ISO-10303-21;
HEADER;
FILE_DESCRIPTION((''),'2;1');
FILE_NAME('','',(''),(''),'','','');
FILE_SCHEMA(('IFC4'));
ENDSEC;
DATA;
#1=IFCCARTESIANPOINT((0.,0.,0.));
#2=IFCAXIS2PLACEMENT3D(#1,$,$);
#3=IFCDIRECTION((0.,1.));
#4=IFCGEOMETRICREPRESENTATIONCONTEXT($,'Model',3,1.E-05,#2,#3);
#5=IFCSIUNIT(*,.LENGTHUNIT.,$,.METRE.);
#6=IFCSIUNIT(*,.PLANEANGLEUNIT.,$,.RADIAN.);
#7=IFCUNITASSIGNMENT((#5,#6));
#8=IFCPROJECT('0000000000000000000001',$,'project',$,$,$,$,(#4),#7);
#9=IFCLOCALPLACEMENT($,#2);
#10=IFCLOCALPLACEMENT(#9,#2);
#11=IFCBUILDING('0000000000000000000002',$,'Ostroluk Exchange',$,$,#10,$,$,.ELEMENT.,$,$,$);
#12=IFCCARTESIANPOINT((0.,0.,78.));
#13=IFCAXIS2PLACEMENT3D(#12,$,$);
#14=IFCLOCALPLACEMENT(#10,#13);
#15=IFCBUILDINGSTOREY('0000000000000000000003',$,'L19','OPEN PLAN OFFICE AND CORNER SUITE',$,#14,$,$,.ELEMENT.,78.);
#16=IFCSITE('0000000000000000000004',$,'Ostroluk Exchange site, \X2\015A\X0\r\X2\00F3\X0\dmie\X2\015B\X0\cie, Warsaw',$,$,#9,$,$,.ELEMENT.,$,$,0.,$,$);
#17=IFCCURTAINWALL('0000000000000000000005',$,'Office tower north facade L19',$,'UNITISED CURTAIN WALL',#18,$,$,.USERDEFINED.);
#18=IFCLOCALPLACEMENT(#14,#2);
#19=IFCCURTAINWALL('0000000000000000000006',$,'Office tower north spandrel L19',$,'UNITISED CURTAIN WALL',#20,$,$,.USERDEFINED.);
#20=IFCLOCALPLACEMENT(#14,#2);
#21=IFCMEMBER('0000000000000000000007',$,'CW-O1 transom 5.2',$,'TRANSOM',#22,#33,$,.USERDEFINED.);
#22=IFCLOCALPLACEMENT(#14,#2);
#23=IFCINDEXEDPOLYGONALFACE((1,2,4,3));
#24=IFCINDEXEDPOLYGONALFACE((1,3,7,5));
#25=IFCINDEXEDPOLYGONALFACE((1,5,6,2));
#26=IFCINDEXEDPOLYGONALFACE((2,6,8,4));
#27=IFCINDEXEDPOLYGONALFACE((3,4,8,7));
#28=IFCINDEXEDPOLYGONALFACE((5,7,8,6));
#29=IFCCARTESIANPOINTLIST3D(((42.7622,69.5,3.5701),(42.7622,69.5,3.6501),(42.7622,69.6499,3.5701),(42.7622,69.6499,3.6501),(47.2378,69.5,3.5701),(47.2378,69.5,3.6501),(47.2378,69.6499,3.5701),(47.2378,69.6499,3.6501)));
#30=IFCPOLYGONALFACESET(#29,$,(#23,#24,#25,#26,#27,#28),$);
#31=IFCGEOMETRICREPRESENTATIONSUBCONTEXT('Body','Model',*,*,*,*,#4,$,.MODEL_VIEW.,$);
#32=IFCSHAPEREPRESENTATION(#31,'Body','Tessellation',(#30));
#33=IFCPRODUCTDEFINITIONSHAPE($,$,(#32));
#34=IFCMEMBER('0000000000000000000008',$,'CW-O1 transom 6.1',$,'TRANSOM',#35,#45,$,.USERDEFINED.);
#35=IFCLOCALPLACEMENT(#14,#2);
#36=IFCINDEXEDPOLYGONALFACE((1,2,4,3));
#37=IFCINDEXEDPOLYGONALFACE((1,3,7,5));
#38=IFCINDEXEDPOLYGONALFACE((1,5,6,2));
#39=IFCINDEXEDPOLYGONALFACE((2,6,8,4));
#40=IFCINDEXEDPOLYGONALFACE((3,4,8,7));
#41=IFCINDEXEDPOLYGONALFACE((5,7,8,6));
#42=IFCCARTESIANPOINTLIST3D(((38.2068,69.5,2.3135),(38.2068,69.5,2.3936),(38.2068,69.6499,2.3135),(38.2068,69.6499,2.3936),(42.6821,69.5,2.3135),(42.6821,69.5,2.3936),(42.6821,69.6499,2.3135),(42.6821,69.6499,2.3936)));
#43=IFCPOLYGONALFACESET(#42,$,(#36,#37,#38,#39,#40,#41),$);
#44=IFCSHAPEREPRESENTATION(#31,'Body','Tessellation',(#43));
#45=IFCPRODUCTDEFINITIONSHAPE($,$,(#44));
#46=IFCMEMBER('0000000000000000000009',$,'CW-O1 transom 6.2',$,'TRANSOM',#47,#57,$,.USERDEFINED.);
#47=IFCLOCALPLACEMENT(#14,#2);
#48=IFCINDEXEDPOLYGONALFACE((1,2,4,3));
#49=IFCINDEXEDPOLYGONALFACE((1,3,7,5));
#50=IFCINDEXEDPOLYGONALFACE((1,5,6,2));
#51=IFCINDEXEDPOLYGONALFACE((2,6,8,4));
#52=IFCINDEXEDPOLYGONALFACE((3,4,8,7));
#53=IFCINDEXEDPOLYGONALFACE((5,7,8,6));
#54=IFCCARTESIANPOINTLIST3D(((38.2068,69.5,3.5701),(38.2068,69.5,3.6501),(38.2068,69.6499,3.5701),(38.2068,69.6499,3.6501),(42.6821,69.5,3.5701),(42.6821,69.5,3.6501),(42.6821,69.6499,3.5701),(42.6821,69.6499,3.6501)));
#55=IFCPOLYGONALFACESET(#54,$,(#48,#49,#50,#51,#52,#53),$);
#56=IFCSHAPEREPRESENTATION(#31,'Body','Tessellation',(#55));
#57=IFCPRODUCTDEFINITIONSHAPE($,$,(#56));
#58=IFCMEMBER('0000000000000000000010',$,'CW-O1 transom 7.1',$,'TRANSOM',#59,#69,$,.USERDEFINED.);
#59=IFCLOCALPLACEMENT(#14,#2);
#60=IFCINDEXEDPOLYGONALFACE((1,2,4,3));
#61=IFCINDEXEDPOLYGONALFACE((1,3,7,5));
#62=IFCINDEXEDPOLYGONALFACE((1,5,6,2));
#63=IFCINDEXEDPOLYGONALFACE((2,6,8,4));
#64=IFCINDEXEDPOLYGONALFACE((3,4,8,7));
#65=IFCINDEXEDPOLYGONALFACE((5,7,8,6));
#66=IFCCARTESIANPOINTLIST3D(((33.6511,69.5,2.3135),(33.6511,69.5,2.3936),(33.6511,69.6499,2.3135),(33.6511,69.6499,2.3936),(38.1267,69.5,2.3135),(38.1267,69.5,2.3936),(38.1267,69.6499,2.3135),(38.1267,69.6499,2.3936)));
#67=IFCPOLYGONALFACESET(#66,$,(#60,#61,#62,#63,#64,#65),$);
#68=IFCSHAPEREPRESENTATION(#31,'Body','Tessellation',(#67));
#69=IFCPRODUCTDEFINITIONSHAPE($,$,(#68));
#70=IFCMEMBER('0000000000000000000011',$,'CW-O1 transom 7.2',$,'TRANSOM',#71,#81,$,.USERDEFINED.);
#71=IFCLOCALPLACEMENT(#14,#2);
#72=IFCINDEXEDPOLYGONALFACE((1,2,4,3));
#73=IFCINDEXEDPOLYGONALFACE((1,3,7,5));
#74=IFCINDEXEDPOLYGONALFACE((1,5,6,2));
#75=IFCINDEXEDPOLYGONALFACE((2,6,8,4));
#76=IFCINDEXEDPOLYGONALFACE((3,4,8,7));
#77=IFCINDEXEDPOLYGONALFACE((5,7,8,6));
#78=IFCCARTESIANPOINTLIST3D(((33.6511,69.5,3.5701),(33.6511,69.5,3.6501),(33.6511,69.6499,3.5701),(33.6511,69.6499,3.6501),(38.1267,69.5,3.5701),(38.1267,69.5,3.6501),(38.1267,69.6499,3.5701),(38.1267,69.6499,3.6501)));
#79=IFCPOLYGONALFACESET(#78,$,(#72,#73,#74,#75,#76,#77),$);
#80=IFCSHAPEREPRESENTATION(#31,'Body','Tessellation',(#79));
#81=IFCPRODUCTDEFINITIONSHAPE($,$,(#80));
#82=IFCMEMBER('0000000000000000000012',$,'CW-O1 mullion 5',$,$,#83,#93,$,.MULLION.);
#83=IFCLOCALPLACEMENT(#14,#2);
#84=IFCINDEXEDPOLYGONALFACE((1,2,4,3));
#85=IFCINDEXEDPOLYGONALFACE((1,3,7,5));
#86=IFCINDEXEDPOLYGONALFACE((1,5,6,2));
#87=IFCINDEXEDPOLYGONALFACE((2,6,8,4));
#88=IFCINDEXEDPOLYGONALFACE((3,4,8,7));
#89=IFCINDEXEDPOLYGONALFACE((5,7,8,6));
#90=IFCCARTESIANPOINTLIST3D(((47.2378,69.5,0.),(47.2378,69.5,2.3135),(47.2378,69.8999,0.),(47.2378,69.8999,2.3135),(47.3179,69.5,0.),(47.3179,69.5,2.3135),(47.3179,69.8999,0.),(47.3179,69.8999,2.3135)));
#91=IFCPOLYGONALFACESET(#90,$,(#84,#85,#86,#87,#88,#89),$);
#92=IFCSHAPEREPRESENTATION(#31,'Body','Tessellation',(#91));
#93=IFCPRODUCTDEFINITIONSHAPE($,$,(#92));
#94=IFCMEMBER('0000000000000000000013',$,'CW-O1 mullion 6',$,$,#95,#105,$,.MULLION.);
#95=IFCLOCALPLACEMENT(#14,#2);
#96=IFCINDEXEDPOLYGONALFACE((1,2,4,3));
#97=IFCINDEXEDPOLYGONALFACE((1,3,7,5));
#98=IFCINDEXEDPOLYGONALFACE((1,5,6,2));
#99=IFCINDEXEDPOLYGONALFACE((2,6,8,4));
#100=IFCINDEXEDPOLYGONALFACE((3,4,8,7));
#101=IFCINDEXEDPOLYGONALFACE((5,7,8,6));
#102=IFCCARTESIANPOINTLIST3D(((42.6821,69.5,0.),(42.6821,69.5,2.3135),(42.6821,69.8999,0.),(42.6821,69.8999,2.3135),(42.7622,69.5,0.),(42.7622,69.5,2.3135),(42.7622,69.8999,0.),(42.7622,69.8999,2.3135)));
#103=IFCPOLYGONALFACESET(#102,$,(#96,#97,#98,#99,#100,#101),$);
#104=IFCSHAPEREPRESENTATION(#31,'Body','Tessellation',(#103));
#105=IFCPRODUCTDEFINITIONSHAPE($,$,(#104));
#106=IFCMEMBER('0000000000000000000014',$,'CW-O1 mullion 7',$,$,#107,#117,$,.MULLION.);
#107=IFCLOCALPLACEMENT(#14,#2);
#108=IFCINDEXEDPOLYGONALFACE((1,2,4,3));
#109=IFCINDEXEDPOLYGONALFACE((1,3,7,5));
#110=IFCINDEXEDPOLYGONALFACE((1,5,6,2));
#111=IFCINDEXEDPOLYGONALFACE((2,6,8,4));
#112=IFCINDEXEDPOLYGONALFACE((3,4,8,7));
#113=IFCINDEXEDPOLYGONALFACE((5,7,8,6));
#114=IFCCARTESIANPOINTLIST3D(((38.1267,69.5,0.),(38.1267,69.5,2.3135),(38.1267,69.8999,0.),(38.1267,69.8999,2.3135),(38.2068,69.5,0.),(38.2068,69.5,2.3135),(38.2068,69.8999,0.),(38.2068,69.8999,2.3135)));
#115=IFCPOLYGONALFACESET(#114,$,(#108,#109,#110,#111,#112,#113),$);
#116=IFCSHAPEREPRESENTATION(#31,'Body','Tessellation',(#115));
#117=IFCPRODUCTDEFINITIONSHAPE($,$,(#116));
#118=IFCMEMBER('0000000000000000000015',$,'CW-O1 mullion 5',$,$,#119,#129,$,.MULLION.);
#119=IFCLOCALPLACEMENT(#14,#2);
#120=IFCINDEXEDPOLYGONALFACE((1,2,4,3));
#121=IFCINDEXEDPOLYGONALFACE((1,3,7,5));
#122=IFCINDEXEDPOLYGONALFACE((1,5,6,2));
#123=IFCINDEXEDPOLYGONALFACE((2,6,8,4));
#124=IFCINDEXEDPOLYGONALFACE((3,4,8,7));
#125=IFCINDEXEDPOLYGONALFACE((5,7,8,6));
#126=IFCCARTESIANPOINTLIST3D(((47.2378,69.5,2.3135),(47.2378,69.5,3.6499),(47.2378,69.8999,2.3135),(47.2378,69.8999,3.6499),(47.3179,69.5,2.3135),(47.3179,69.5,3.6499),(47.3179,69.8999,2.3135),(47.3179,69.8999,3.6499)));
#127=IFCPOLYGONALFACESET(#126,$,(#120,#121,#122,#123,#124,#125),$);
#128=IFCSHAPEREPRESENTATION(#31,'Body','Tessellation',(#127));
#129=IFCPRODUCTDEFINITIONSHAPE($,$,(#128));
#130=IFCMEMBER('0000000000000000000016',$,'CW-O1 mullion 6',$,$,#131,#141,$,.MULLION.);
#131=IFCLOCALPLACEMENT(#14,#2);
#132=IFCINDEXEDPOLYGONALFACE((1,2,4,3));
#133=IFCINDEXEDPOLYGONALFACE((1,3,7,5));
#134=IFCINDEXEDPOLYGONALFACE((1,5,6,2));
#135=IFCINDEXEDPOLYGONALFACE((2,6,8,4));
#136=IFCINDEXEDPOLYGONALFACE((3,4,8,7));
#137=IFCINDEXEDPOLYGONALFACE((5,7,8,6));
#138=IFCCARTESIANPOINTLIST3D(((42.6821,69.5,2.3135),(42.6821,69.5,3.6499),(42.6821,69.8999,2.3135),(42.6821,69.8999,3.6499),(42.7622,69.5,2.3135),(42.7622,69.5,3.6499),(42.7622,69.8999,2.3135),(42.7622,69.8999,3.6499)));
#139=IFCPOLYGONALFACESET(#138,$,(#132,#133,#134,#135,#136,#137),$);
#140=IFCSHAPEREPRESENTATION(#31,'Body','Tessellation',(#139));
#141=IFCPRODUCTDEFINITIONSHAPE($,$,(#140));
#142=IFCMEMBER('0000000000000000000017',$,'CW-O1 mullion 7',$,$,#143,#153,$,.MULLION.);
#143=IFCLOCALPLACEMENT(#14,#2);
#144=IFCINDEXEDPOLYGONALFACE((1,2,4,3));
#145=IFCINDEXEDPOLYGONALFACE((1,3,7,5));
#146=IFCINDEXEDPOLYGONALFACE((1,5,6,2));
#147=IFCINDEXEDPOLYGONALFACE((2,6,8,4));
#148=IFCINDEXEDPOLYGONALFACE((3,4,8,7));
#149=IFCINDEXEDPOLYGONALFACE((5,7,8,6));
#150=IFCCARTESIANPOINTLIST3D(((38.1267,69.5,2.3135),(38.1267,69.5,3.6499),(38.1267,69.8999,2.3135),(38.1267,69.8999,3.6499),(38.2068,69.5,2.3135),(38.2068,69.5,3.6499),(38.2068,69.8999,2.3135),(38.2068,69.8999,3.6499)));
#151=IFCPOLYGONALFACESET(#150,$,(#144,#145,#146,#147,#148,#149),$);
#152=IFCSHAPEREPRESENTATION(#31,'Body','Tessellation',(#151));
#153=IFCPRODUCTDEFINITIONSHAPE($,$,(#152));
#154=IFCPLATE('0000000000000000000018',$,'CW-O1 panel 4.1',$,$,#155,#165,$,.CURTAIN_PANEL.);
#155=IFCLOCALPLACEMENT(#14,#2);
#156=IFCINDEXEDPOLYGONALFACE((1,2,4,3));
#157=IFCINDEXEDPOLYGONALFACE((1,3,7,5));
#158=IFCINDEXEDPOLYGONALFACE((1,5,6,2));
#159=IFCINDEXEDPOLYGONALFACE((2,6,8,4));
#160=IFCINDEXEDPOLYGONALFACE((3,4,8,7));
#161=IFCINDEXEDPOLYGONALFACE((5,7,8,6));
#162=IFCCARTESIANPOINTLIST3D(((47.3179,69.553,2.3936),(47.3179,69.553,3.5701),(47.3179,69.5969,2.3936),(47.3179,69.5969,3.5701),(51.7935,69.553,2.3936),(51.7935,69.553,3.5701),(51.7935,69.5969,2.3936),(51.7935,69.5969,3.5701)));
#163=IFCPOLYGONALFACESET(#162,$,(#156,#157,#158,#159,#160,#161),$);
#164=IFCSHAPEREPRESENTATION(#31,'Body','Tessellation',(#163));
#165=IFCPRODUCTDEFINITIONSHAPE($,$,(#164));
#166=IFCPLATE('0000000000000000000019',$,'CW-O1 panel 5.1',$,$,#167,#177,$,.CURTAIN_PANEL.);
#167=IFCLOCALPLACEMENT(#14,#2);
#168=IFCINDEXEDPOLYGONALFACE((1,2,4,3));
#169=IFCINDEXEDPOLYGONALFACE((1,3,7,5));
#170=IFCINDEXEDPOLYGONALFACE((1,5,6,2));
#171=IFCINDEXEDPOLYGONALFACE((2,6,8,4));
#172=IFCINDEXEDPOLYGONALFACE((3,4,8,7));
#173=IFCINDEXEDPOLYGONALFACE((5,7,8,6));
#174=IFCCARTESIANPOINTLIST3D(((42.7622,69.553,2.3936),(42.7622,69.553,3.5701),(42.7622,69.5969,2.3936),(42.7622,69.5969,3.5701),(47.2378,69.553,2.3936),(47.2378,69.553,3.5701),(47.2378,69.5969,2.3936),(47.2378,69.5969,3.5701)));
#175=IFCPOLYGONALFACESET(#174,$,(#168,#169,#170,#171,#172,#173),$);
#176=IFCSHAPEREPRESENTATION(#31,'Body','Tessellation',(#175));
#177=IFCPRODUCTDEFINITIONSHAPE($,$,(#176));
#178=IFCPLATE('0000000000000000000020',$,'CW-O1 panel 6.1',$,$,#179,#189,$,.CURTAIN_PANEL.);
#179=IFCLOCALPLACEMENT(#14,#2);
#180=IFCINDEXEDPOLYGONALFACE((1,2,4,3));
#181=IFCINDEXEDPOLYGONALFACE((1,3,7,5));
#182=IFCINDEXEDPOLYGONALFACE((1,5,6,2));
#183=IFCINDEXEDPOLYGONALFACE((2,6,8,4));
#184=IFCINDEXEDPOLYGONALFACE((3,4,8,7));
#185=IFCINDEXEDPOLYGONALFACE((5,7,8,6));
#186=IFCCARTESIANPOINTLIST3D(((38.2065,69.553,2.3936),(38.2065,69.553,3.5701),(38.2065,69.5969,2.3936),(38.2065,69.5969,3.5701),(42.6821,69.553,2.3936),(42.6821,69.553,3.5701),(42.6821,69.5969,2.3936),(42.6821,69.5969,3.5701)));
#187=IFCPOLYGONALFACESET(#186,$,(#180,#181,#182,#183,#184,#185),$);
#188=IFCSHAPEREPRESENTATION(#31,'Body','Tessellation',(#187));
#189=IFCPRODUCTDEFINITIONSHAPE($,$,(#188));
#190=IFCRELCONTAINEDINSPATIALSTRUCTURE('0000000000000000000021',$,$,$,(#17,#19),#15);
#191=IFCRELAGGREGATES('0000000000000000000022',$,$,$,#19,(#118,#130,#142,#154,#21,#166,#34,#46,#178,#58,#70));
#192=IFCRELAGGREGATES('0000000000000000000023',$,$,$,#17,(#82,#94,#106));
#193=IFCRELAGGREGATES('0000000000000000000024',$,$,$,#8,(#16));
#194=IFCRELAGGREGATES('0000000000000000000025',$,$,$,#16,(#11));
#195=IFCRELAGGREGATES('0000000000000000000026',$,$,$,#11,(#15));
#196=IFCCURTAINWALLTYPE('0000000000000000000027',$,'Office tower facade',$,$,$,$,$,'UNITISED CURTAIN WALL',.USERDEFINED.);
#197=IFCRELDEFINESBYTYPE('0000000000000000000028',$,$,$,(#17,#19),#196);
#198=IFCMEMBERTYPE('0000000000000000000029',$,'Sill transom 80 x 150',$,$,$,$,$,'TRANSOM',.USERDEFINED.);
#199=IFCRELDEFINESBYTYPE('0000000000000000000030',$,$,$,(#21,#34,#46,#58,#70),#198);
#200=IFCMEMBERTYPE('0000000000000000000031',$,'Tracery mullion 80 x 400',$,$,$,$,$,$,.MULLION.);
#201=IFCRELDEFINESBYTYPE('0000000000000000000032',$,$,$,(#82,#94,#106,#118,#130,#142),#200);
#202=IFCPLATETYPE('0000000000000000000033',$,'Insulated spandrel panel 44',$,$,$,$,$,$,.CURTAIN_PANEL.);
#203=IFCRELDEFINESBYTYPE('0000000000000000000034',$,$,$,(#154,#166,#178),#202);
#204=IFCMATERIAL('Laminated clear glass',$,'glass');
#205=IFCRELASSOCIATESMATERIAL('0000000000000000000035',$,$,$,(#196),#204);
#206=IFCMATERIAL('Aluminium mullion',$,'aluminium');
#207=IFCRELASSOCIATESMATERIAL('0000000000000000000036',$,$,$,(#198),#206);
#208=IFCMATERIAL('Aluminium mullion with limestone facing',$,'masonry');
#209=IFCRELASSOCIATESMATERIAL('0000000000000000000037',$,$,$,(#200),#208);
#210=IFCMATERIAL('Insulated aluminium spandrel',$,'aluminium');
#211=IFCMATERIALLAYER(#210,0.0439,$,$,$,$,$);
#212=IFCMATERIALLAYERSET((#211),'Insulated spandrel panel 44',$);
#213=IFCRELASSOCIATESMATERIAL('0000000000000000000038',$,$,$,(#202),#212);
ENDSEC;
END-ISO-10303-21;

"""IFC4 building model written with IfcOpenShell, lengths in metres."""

from ifc_helpers import new_model, si_unit, direction, frame, origin, origin_2d, place, context, subcontext, project, spatial, rectangle, extrude, material, layer, layer_set, material_profile, profile_set, type_object, element, aggregate, save


model = new_model("IFC4")

# Units and contexts
model_context = context("Model", 3, precision=1e-05, world=origin(), true_north=direction((0.0, 1.0)))
body_context = subcontext(model_context, "Body", "Model", "MODEL_VIEW")
ifc_project = project(units=[si_unit("LENGTHUNIT", "METRE"), si_unit("PLANEANGLEUNIT", "RADIAN")], contexts=[model_context])

# Site, building, storey
site_placement = place(None, origin())
site = spatial("IfcSite", under=ifc_project, at=site_placement, Name="Ostroluk Exchange site, Śródmieście, Warsaw", CompositionType="ELEMENT", RefElevation=0.0)
building_placement = place(site_placement, origin())
building = spatial("IfcBuilding", under=site, at=building_placement, Name="Ostroluk Exchange", CompositionType="ELEMENT")
storey_placement = place(building_placement, frame((0.0, 0.0, 78.0)))
storey = spatial("IfcBuildingStorey", under=building, at=storey_placement, Name="L19", Description="OPEN PLAN OFFICE AND CORNER SUITE", CompositionType="ELEMENT", Elevation=78.0)

# Curtain walls, members
ifc_material_1 = material(Name="Laminated clear glass", Category="glass")
curtain_wall_type = type_object("IfcCurtainWallType", Name="Office tower facade", ElementType="UNITISED CURTAIN WALL", PredefinedType="USERDEFINED", material=ifc_material_1)
curtain_wall_1_placement = place(storey_placement, origin())
curtain_wall_1 = element("IfcCurtainWall", 1, at=curtain_wall_1_placement, inside=storey, type_object=curtain_wall_type, Name="Office tower north facade L19", ObjectType="UNITISED CURTAIN WALL", PredefinedType="USERDEFINED")
ifc_material_2 = material(Name="Aluminium mullion", Category="aluminium")
ifc_material_profile_1 = material_profile(ifc_material_2, rectangle(XDim=0.1499, YDim=0.0801, at=origin_2d()), Name="Sill transom 80 x 150")
ifc_profile_set_1 = profile_set([ifc_material_profile_1], Name="Aluminium mullion")
member_type_1 = type_object("IfcMemberType", Name="Sill transom 80 x 150", ElementType="TRANSOM", PredefinedType="USERDEFINED", material=ifc_profile_set_1)
curtain_wall_2_placement = place(storey_placement, origin())
curtain_wall_2 = element("IfcCurtainWall", 2, at=curtain_wall_2_placement, inside=storey, type_object=curtain_wall_type, Name="Office tower north spandrel L19", ObjectType="UNITISED CURTAIN WALL", PredefinedType="USERDEFINED")
member_1_placement = place(storey_placement, frame((47.2378, 69.575, 3.6101), z_axis=(-1.0, 0.0, 0.0), x_axis=(0.0, -1.0, 0.0)))
member_1 = element("IfcMember", 3, at=member_1_placement, type_object=member_type_1, Name="CW-O1 transom 5.2", ObjectType="TRANSOM", PredefinedType="USERDEFINED", context=body_context, shape_type="SweptSolid", body=[
    extrude(rectangle(XDim=0.1499, YDim=0.0801, at=origin_2d()), origin(), (0.0, 0.0, 1.0), 4.4756),
])
member_2_placement = place(storey_placement, frame((42.6821, 69.575, 2.3535), z_axis=(-1.0, 0.0, 0.0), x_axis=(0.0, -1.0, 0.0)))
member_2 = element("IfcMember", 4, at=member_2_placement, type_object=member_type_1, Name="CW-O1 transom 6.1", ObjectType="TRANSOM", PredefinedType="USERDEFINED", context=body_context, shape_type="SweptSolid", body=[
    extrude(rectangle(XDim=0.1499, YDim=0.0801, at=origin_2d()), origin(), (0.0, 0.0, 1.0), 4.4753),
])
member_3_placement = place(storey_placement, frame((42.6821, 69.575, 3.6101), z_axis=(-1.0, 0.0, 0.0), x_axis=(0.0, -1.0, 0.0)))
member_3 = element("IfcMember", 5, at=member_3_placement, type_object=member_type_1, Name="CW-O1 transom 6.2", ObjectType="TRANSOM", PredefinedType="USERDEFINED", context=body_context, shape_type="SweptSolid", body=[
    extrude(rectangle(XDim=0.1499, YDim=0.0801, at=origin_2d()), origin(), (0.0, 0.0, 1.0), 4.4753),
])
member_4_placement = place(storey_placement, frame((38.1267, 69.575, 2.3535), z_axis=(-1.0, 0.0, 0.0), x_axis=(0.0, -1.0, 0.0)))
member_4 = element("IfcMember", 6, at=member_4_placement, type_object=member_type_1, Name="CW-O1 transom 7.1", ObjectType="TRANSOM", PredefinedType="USERDEFINED", context=body_context, shape_type="SweptSolid", body=[
    extrude(rectangle(XDim=0.1499, YDim=0.0801, at=origin_2d()), origin(), (0.0, 0.0, 1.0), 4.4756),
])
member_5_placement = place(storey_placement, frame((38.1267, 69.575, 3.6101), z_axis=(-1.0, 0.0, 0.0), x_axis=(0.0, -1.0, 0.0)))
member_5 = element("IfcMember", 7, at=member_5_placement, type_object=member_type_1, Name="CW-O1 transom 7.2", ObjectType="TRANSOM", PredefinedType="USERDEFINED", context=body_context, shape_type="SweptSolid", body=[
    extrude(rectangle(XDim=0.1499, YDim=0.0801, at=origin_2d()), origin(), (0.0, 0.0, 1.0), 4.4756),
])

# Members
ifc_material_3 = material(Name="Aluminium mullion with limestone facing", Category="masonry")
ifc_material_profile_2 = material_profile(ifc_material_3, rectangle(XDim=0.3999, YDim=0.0801, at=origin_2d()), Name="Tracery mullion 80 x 400")
ifc_profile_set_2 = profile_set([ifc_material_profile_2], Name="Aluminium mullion with limestone facing")
member_type_2 = type_object("IfcMemberType", Name="Tracery mullion 80 x 400", PredefinedType="MULLION", material=ifc_profile_set_2)
member_6_placement = place(storey_placement, frame((47.2778, 69.7, 0.0), z_axis=(0.0, 0.0, 1.0), x_axis=(0.0, -1.0, 0.0)))
member_6 = element("IfcMember", 8, at=member_6_placement, type_object=member_type_2, Name="CW-O1 mullion 5", PredefinedType="MULLION", context=body_context, shape_type="SweptSolid", body=[
    extrude(rectangle(XDim=0.3999, YDim=0.0801, at=origin_2d()), origin(), (0.0, 0.0, 1.0), 2.3135),
])
member_7_placement = place(storey_placement, frame((42.7222, 69.7, 0.0), z_axis=(0.0, 0.0, 1.0), x_axis=(0.0, -1.0, 0.0)))
member_7 = element("IfcMember", 9, at=member_7_placement, type_object=member_type_2, Name="CW-O1 mullion 6", PredefinedType="MULLION", context=body_context, shape_type="SweptSolid", body=[
    extrude(rectangle(XDim=0.3999, YDim=0.0801, at=origin_2d()), origin(), (0.0, 0.0, 1.0), 2.3135),
])
member_8_placement = place(storey_placement, frame((38.1667, 69.7, 0.0), z_axis=(0.0, 0.0, 1.0), x_axis=(0.0, -1.0, 0.0)))
member_8 = element("IfcMember", 10, at=member_8_placement, type_object=member_type_2, Name="CW-O1 mullion 7", PredefinedType="MULLION", context=body_context, shape_type="SweptSolid", body=[
    extrude(rectangle(XDim=0.3999, YDim=0.0801, at=origin_2d()), origin(), (0.0, 0.0, 1.0), 2.3135),
])
member_9_placement = place(storey_placement, frame((47.2778, 69.7, 2.3135), z_axis=(0.0, 0.0, 1.0), x_axis=(0.0, -1.0, 0.0)))
member_9 = element("IfcMember", 11, at=member_9_placement, type_object=member_type_2, Name="CW-O1 mullion 5", PredefinedType="MULLION", context=body_context, shape_type="SweptSolid", body=[
    extrude(rectangle(XDim=0.3999, YDim=0.0801, at=origin_2d()), origin(), (0.0, 0.0, 1.0), 1.3364),
])
member_10_placement = place(storey_placement, frame((42.7222, 69.7, 2.3135), z_axis=(0.0, 0.0, 1.0), x_axis=(0.0, -1.0, 0.0)))
member_10 = element("IfcMember", 12, at=member_10_placement, type_object=member_type_2, Name="CW-O1 mullion 6", PredefinedType="MULLION", context=body_context, shape_type="SweptSolid", body=[
    extrude(rectangle(XDim=0.3999, YDim=0.0801, at=origin_2d()), origin(), (0.0, 0.0, 1.0), 1.3364),
])
member_11_placement = place(storey_placement, frame((38.1667, 69.7, 2.3135), z_axis=(0.0, 0.0, 1.0), x_axis=(0.0, -1.0, 0.0)))
member_11 = element("IfcMember", 13, at=member_11_placement, type_object=member_type_2, Name="CW-O1 mullion 7", PredefinedType="MULLION", context=body_context, shape_type="SweptSolid", body=[
    extrude(rectangle(XDim=0.3999, YDim=0.0801, at=origin_2d()), origin(), (0.0, 0.0, 1.0), 1.3364),
])

# Plates
ifc_material_4 = material(Name="Insulated aluminium spandrel", Category="aluminium")
ifc_layer_1 = layer(ifc_material_4, 0.0439)
ifc_layer_set_1 = layer_set([ifc_layer_1], Name="Insulated spandrel panel 44")
plate_type_1 = type_object("IfcPlateType", Name="Insulated spandrel panel 44", PredefinedType="CURTAIN_PANEL", material=ifc_layer_set_1)
plate_1_placement = place(storey_placement, frame((49.5557, 69.575, 2.3936), z_axis=(0.0, 0.0, 1.0), x_axis=(-1.0, 0.0, 0.0)))
plate_1 = element("IfcPlate", 14, at=plate_1_placement, type_object=plate_type_1, Name="CW-O1 panel 4.1", PredefinedType="CURTAIN_PANEL", context=body_context, shape_type="SweptSolid", body=[
    extrude(rectangle(XDim=4.4756, YDim=0.0439, at=origin_2d()), origin(), (0.0, 0.0, 1.0), 1.1765),
])
plate_2_placement = place(storey_placement, frame((45.0, 69.575, 2.3936), z_axis=(0.0, 0.0, 1.0), x_axis=(-1.0, 0.0, 0.0)))
plate_2 = element("IfcPlate", 15, at=plate_2_placement, type_object=plate_type_1, Name="CW-O1 panel 5.1", PredefinedType="CURTAIN_PANEL", context=body_context, shape_type="SweptSolid", body=[
    extrude(rectangle(XDim=4.4756, YDim=0.0439, at=origin_2d()), origin(), (0.0, 0.0, 1.0), 1.1765),
])
plate_3_placement = place(storey_placement, frame((40.4443, 69.575, 2.3936), z_axis=(0.0, 0.0, 1.0), x_axis=(-1.0, 0.0, 0.0)))
plate_3 = element("IfcPlate", 16, at=plate_3_placement, type_object=plate_type_1, Name="CW-O1 panel 6.1", PredefinedType="CURTAIN_PANEL", context=body_context, shape_type="SweptSolid", body=[
    extrude(rectangle(XDim=4.4756, YDim=0.0439, at=origin_2d()), origin(), (0.0, 0.0, 1.0), 1.1765),
])
aggregate(curtain_wall_2, [member_9, member_10, member_11, plate_1, member_1, plate_2, member_2, member_3, plate_3, member_4, member_5])
aggregate(curtain_wall_1, [member_6, member_7, member_8])

save(model, "model.ifc")
